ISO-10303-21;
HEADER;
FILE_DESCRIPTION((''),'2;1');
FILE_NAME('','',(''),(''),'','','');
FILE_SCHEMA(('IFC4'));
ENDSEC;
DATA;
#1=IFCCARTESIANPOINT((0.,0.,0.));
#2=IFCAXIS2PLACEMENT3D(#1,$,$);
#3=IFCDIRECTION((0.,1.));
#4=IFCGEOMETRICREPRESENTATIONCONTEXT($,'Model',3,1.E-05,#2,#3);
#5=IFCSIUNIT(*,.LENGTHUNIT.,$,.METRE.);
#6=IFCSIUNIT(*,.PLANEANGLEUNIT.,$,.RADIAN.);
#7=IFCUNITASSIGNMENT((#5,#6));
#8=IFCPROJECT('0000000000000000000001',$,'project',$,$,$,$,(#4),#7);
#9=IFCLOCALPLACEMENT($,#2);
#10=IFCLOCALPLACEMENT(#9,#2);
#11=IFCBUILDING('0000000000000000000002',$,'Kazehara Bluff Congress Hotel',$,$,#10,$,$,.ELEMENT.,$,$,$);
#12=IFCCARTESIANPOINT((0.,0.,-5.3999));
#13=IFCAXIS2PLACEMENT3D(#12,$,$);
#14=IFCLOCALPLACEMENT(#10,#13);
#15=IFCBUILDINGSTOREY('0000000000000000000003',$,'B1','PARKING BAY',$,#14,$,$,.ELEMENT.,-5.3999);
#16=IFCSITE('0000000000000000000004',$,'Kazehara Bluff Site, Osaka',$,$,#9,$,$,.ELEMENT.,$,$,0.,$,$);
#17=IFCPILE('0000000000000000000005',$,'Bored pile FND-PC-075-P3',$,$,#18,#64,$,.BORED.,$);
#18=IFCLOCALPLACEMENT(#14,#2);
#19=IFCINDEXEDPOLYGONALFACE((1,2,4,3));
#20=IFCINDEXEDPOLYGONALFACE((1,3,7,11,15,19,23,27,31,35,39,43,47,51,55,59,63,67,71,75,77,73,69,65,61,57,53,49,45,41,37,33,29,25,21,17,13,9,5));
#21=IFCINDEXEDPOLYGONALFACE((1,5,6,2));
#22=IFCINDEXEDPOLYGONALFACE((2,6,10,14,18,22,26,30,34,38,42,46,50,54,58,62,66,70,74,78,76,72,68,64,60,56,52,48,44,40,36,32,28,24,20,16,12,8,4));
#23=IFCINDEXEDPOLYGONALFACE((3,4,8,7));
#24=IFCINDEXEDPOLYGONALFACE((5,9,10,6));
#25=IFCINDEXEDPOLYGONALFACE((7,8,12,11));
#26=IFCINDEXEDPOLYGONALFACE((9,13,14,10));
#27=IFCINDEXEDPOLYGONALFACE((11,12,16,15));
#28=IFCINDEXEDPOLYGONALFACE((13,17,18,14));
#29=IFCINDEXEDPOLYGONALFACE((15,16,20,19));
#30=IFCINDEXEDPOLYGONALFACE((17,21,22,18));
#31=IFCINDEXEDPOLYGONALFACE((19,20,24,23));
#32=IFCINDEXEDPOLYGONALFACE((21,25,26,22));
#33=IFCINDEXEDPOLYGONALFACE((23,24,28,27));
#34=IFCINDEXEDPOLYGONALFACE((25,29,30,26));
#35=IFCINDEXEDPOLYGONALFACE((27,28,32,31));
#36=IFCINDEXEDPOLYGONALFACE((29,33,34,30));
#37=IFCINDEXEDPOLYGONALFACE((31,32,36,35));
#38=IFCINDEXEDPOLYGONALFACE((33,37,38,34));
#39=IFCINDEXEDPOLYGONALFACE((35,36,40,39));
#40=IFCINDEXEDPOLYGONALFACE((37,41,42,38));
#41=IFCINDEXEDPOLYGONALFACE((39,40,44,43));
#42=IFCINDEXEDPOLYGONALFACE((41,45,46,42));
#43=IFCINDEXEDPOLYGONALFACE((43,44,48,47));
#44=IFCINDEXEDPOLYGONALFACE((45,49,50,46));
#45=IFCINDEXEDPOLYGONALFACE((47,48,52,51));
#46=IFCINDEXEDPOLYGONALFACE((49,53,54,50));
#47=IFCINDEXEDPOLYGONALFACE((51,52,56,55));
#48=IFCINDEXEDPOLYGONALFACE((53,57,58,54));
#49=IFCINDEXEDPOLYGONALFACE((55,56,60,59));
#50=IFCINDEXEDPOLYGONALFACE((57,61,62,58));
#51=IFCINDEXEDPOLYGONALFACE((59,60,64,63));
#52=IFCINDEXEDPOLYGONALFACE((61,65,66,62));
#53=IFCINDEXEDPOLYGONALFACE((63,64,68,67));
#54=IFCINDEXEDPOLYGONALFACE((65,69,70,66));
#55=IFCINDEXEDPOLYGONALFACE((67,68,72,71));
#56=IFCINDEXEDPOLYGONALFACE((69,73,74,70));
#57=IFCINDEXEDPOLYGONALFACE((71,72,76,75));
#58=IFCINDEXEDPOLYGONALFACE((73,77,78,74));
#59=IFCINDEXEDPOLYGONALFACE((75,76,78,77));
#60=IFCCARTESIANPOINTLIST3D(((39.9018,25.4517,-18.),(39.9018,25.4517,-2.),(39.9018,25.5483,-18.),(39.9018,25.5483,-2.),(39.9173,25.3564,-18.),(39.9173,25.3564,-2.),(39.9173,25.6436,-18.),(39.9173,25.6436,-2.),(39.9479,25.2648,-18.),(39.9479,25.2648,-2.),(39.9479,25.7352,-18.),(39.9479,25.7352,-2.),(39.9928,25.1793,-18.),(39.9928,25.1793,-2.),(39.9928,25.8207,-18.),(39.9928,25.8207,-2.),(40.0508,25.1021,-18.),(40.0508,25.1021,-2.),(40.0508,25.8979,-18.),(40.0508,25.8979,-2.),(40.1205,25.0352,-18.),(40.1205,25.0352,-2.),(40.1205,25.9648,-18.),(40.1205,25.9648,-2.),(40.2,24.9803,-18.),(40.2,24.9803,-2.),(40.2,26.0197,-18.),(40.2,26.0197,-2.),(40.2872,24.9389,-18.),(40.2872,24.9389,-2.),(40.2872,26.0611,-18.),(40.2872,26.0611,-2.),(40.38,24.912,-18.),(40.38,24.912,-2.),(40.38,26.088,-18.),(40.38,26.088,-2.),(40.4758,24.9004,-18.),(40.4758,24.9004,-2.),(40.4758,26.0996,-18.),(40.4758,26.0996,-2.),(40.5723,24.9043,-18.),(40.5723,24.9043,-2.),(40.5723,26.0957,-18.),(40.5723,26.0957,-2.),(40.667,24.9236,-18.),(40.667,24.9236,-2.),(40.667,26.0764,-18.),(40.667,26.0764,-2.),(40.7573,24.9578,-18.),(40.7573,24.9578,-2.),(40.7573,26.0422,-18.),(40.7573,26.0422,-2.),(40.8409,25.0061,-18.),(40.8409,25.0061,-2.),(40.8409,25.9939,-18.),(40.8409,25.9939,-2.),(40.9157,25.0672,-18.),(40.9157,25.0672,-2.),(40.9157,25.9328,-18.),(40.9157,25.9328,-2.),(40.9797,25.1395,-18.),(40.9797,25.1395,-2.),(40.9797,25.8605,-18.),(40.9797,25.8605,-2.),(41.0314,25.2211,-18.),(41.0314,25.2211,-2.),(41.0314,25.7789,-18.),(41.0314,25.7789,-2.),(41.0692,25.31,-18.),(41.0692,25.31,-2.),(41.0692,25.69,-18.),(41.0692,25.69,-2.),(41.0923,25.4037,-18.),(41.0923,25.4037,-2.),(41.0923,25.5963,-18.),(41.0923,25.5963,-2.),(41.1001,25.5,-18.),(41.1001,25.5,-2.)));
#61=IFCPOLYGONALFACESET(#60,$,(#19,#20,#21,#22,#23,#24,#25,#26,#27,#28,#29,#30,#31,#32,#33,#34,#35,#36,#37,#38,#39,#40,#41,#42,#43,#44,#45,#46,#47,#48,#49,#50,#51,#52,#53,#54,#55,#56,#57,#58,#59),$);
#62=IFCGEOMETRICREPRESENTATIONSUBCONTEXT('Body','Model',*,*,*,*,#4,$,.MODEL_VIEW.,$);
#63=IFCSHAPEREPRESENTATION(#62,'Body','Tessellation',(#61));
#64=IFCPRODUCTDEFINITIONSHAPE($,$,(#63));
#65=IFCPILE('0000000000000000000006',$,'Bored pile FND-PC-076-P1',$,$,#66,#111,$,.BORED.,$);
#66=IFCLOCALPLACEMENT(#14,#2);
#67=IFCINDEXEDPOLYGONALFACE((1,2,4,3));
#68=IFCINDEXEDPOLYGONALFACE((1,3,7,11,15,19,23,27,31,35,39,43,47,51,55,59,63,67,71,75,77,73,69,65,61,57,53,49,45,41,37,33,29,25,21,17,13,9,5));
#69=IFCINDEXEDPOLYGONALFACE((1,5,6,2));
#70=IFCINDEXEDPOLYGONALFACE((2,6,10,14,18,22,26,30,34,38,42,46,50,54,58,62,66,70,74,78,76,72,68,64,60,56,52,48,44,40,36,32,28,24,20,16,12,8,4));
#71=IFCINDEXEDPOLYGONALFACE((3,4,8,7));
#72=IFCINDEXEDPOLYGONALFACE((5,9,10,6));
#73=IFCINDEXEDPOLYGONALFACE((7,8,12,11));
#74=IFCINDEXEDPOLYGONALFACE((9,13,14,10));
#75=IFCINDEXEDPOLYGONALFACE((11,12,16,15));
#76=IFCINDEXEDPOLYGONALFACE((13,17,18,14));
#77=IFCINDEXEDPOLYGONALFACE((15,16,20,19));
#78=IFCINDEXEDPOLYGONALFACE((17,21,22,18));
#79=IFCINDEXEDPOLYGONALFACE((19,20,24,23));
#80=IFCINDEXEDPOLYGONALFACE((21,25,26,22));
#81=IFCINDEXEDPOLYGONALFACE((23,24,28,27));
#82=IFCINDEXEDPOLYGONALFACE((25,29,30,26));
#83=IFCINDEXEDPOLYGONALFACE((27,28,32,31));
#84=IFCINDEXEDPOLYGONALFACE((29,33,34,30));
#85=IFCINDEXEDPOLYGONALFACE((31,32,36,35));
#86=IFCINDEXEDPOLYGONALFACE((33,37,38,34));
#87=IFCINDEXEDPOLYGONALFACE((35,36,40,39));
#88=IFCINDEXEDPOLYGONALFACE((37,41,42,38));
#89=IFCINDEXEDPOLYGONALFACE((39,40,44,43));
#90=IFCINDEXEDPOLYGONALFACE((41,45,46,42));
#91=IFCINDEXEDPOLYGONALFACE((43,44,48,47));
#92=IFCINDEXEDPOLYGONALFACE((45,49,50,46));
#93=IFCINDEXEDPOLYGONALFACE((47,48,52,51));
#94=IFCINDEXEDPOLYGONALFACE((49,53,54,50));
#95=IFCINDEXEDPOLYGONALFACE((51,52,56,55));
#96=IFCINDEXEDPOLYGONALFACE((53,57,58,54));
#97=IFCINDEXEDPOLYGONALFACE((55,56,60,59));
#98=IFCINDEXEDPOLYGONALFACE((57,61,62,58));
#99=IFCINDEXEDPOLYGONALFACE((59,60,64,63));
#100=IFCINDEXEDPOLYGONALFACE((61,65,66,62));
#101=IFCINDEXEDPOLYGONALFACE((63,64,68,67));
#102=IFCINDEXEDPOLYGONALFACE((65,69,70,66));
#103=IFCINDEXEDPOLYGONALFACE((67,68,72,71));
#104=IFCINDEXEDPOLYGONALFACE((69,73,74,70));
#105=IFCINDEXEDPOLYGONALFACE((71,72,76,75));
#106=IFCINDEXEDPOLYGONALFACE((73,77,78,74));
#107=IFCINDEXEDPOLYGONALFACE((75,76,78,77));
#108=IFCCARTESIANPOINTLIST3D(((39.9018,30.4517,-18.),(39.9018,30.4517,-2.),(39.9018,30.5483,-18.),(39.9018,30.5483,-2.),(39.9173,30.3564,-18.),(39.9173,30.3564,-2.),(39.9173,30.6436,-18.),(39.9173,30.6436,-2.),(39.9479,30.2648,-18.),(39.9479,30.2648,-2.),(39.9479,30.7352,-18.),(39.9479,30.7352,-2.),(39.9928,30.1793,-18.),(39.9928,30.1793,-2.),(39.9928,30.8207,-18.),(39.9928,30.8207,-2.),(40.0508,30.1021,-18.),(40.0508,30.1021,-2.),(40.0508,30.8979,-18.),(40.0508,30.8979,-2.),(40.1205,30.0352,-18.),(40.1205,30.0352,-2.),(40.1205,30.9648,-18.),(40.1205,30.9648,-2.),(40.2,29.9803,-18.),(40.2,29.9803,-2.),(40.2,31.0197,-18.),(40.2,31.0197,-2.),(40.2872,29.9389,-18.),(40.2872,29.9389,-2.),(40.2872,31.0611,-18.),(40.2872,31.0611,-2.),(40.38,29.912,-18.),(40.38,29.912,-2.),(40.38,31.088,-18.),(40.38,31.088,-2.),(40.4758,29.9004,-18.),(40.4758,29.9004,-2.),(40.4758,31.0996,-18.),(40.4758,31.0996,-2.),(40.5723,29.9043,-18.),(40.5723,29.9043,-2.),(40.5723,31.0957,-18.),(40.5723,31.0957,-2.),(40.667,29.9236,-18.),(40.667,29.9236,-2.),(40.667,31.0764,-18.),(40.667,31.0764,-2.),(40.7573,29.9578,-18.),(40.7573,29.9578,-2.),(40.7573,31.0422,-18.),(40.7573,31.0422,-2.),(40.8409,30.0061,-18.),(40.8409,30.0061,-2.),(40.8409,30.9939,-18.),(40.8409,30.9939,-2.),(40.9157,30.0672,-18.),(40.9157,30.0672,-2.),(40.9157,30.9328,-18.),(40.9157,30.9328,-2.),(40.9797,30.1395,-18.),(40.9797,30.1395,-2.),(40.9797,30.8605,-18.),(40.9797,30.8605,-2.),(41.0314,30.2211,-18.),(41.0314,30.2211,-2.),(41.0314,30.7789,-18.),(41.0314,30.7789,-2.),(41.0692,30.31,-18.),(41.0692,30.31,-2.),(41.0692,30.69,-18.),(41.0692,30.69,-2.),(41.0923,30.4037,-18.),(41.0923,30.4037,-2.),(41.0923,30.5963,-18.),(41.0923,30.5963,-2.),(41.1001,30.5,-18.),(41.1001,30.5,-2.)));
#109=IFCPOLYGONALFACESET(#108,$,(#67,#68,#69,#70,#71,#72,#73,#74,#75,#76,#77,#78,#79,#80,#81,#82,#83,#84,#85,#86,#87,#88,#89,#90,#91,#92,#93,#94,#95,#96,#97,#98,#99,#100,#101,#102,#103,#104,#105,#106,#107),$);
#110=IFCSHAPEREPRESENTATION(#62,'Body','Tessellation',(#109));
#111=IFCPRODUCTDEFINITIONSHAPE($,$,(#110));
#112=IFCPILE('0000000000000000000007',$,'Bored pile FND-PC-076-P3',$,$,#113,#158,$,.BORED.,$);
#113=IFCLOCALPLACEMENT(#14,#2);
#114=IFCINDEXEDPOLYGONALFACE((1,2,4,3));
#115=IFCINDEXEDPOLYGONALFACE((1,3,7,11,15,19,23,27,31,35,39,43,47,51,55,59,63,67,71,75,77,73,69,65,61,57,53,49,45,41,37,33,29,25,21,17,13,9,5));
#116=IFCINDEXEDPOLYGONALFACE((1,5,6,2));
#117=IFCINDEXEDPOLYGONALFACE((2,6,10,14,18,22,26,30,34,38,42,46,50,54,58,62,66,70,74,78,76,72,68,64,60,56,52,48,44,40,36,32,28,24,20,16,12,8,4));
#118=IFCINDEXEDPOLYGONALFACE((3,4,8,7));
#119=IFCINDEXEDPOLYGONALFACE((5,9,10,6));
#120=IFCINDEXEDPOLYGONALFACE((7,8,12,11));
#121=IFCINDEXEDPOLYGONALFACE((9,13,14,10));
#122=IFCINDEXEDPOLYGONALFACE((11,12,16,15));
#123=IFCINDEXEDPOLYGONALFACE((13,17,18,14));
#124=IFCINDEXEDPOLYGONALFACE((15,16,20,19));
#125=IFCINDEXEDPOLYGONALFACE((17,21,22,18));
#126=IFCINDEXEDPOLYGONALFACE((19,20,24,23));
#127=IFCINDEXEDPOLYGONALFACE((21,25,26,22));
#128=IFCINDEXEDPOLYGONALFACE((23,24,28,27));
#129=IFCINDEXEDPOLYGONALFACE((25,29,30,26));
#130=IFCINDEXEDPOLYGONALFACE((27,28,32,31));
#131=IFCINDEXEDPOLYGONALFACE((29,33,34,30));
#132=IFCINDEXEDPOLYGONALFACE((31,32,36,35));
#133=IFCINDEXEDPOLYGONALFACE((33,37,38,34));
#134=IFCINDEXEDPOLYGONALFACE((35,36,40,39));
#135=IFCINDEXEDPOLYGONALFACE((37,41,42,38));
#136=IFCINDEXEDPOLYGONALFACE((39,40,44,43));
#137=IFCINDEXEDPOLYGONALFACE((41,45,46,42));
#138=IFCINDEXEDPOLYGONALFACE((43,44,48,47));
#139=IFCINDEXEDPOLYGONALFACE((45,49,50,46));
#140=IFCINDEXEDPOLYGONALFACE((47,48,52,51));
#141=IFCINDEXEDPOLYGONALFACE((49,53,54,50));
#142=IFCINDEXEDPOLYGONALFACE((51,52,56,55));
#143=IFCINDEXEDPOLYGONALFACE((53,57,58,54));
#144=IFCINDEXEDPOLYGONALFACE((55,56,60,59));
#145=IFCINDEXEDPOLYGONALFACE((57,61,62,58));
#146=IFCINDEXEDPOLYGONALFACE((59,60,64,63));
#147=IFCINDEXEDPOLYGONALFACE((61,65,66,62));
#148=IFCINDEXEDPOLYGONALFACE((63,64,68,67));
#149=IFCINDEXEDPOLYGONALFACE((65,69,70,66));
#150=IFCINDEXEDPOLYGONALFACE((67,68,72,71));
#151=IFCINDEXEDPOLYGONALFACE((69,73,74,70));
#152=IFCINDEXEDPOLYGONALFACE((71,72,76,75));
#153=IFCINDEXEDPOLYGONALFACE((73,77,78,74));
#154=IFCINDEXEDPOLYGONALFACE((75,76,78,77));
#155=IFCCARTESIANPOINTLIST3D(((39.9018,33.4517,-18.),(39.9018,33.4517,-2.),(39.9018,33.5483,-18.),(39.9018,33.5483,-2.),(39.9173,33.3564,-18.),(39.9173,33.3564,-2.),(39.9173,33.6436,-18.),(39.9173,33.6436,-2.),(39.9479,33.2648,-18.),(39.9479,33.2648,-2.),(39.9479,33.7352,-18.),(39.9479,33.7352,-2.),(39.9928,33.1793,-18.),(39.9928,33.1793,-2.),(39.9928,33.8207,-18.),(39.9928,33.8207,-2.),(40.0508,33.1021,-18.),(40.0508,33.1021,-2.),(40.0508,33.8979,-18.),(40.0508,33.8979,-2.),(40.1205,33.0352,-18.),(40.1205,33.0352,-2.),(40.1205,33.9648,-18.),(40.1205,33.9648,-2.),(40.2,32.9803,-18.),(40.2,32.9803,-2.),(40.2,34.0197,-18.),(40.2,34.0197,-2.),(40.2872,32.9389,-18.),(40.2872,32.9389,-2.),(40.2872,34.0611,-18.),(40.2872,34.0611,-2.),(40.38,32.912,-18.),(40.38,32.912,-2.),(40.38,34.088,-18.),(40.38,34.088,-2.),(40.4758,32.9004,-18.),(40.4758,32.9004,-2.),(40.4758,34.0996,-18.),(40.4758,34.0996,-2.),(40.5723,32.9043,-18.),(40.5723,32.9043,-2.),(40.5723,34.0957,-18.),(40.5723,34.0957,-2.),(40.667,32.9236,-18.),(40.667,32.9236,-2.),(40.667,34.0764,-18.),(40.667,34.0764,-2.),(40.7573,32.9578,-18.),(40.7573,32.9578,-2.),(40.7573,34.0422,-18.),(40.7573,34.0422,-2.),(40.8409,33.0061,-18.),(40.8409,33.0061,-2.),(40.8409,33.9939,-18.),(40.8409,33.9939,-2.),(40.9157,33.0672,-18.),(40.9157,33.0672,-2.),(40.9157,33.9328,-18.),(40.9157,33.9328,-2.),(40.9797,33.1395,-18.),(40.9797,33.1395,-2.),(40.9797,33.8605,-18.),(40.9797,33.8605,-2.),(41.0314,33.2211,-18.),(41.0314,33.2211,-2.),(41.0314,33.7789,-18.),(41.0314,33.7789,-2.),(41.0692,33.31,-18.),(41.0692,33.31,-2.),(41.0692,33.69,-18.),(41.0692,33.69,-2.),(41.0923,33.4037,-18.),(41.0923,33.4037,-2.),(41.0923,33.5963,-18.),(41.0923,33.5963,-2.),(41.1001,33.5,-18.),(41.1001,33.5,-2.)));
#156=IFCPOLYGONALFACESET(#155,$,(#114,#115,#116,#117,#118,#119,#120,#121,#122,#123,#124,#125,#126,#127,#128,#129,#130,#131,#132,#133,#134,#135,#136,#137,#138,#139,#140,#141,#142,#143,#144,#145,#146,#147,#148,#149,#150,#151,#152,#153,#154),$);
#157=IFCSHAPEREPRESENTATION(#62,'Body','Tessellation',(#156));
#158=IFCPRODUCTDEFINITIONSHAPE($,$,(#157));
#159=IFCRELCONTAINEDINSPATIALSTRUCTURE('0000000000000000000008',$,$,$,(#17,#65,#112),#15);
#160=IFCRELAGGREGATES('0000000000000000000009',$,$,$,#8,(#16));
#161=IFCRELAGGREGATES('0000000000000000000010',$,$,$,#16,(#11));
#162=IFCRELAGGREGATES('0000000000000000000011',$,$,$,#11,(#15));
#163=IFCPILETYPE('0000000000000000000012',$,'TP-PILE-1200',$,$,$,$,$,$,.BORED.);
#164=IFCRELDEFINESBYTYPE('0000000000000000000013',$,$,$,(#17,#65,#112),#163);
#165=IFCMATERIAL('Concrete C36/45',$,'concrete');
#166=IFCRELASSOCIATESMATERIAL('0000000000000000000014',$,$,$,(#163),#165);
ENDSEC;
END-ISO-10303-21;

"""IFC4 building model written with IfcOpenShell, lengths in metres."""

from ifc_helpers import new_model, si_unit, direction, frame, origin, origin_2d, place, context, subcontext, project, spatial, circle, extrude, material, material_profile, profile_set, type_object, element, save


model = new_model("IFC4")

# Units and contexts
model_context = context("Model", 3, precision=1e-05, world=origin(), true_north=direction((0.0, 1.0)))
body_context = subcontext(model_context, "Body", "Model", "MODEL_VIEW")
ifc_project = project(units=[si_unit("LENGTHUNIT", "METRE"), si_unit("PLANEANGLEUNIT", "RADIAN")], contexts=[model_context])

# Site, building, storey
site_placement = place(None, origin())
site = spatial("IfcSite", under=ifc_project, at=site_placement, Name="Kazehara Bluff Site, Osaka", CompositionType="ELEMENT", RefElevation=0.0)
building_placement = place(site_placement, origin())
building = spatial("IfcBuilding", under=site, at=building_placement, Name="Kazehara Bluff Congress Hotel", CompositionType="ELEMENT")
storey_placement = place(building_placement, frame((0.0, 0.0, -5.3999)))
storey = spatial("IfcBuildingStorey", under=building, at=storey_placement, Name="B1", Description="PARKING BAY", CompositionType="ELEMENT", Elevation=-5.3999)

# Piles
ifc_material_1 = material(Name="Concrete C36/45", Category="concrete")
ifc_material_profile_1 = material_profile(ifc_material_1, circle(Radius=0.6001, at=origin_2d()))
ifc_profile_set_1 = profile_set([ifc_material_profile_1], Name="Concrete C36/45")
pile_type = type_object("IfcPileType", Name="TP-PILE-1200", PredefinedType="BORED", material=ifc_profile_set_1)
for number, where, z_axis, x_axis, name in (
    (1, (40.5, 25.5, -2.0), (0.0, 0.0, -1.0), (1.0, 0.0, 0.0), "Bored pile FND-PC-075-P3"),
    (2, (40.5, 30.5, -2.0), (0.0, 0.0, -1.0), (1.0, 0.0, 0.0), "Bored pile FND-PC-076-P1"),
    (3, (40.5, 33.5, -2.0), (0.0, 0.0, -1.0), (1.0, 0.0, 0.0), "Bored pile FND-PC-076-P3"),
):
    element("IfcPile", number, at=place(storey_placement, frame(where, z_axis=z_axis, x_axis=x_axis)), inside=storey, type_object=pile_type, Name=name, PredefinedType="BORED", context=body_context, shape_type="SweptSolid", body=[
        extrude(circle(Radius=0.6001, at=origin_2d()), origin(), (0.0, 0.0, 1.0), 16.0),
    ])

save(model, "model.ifc")
